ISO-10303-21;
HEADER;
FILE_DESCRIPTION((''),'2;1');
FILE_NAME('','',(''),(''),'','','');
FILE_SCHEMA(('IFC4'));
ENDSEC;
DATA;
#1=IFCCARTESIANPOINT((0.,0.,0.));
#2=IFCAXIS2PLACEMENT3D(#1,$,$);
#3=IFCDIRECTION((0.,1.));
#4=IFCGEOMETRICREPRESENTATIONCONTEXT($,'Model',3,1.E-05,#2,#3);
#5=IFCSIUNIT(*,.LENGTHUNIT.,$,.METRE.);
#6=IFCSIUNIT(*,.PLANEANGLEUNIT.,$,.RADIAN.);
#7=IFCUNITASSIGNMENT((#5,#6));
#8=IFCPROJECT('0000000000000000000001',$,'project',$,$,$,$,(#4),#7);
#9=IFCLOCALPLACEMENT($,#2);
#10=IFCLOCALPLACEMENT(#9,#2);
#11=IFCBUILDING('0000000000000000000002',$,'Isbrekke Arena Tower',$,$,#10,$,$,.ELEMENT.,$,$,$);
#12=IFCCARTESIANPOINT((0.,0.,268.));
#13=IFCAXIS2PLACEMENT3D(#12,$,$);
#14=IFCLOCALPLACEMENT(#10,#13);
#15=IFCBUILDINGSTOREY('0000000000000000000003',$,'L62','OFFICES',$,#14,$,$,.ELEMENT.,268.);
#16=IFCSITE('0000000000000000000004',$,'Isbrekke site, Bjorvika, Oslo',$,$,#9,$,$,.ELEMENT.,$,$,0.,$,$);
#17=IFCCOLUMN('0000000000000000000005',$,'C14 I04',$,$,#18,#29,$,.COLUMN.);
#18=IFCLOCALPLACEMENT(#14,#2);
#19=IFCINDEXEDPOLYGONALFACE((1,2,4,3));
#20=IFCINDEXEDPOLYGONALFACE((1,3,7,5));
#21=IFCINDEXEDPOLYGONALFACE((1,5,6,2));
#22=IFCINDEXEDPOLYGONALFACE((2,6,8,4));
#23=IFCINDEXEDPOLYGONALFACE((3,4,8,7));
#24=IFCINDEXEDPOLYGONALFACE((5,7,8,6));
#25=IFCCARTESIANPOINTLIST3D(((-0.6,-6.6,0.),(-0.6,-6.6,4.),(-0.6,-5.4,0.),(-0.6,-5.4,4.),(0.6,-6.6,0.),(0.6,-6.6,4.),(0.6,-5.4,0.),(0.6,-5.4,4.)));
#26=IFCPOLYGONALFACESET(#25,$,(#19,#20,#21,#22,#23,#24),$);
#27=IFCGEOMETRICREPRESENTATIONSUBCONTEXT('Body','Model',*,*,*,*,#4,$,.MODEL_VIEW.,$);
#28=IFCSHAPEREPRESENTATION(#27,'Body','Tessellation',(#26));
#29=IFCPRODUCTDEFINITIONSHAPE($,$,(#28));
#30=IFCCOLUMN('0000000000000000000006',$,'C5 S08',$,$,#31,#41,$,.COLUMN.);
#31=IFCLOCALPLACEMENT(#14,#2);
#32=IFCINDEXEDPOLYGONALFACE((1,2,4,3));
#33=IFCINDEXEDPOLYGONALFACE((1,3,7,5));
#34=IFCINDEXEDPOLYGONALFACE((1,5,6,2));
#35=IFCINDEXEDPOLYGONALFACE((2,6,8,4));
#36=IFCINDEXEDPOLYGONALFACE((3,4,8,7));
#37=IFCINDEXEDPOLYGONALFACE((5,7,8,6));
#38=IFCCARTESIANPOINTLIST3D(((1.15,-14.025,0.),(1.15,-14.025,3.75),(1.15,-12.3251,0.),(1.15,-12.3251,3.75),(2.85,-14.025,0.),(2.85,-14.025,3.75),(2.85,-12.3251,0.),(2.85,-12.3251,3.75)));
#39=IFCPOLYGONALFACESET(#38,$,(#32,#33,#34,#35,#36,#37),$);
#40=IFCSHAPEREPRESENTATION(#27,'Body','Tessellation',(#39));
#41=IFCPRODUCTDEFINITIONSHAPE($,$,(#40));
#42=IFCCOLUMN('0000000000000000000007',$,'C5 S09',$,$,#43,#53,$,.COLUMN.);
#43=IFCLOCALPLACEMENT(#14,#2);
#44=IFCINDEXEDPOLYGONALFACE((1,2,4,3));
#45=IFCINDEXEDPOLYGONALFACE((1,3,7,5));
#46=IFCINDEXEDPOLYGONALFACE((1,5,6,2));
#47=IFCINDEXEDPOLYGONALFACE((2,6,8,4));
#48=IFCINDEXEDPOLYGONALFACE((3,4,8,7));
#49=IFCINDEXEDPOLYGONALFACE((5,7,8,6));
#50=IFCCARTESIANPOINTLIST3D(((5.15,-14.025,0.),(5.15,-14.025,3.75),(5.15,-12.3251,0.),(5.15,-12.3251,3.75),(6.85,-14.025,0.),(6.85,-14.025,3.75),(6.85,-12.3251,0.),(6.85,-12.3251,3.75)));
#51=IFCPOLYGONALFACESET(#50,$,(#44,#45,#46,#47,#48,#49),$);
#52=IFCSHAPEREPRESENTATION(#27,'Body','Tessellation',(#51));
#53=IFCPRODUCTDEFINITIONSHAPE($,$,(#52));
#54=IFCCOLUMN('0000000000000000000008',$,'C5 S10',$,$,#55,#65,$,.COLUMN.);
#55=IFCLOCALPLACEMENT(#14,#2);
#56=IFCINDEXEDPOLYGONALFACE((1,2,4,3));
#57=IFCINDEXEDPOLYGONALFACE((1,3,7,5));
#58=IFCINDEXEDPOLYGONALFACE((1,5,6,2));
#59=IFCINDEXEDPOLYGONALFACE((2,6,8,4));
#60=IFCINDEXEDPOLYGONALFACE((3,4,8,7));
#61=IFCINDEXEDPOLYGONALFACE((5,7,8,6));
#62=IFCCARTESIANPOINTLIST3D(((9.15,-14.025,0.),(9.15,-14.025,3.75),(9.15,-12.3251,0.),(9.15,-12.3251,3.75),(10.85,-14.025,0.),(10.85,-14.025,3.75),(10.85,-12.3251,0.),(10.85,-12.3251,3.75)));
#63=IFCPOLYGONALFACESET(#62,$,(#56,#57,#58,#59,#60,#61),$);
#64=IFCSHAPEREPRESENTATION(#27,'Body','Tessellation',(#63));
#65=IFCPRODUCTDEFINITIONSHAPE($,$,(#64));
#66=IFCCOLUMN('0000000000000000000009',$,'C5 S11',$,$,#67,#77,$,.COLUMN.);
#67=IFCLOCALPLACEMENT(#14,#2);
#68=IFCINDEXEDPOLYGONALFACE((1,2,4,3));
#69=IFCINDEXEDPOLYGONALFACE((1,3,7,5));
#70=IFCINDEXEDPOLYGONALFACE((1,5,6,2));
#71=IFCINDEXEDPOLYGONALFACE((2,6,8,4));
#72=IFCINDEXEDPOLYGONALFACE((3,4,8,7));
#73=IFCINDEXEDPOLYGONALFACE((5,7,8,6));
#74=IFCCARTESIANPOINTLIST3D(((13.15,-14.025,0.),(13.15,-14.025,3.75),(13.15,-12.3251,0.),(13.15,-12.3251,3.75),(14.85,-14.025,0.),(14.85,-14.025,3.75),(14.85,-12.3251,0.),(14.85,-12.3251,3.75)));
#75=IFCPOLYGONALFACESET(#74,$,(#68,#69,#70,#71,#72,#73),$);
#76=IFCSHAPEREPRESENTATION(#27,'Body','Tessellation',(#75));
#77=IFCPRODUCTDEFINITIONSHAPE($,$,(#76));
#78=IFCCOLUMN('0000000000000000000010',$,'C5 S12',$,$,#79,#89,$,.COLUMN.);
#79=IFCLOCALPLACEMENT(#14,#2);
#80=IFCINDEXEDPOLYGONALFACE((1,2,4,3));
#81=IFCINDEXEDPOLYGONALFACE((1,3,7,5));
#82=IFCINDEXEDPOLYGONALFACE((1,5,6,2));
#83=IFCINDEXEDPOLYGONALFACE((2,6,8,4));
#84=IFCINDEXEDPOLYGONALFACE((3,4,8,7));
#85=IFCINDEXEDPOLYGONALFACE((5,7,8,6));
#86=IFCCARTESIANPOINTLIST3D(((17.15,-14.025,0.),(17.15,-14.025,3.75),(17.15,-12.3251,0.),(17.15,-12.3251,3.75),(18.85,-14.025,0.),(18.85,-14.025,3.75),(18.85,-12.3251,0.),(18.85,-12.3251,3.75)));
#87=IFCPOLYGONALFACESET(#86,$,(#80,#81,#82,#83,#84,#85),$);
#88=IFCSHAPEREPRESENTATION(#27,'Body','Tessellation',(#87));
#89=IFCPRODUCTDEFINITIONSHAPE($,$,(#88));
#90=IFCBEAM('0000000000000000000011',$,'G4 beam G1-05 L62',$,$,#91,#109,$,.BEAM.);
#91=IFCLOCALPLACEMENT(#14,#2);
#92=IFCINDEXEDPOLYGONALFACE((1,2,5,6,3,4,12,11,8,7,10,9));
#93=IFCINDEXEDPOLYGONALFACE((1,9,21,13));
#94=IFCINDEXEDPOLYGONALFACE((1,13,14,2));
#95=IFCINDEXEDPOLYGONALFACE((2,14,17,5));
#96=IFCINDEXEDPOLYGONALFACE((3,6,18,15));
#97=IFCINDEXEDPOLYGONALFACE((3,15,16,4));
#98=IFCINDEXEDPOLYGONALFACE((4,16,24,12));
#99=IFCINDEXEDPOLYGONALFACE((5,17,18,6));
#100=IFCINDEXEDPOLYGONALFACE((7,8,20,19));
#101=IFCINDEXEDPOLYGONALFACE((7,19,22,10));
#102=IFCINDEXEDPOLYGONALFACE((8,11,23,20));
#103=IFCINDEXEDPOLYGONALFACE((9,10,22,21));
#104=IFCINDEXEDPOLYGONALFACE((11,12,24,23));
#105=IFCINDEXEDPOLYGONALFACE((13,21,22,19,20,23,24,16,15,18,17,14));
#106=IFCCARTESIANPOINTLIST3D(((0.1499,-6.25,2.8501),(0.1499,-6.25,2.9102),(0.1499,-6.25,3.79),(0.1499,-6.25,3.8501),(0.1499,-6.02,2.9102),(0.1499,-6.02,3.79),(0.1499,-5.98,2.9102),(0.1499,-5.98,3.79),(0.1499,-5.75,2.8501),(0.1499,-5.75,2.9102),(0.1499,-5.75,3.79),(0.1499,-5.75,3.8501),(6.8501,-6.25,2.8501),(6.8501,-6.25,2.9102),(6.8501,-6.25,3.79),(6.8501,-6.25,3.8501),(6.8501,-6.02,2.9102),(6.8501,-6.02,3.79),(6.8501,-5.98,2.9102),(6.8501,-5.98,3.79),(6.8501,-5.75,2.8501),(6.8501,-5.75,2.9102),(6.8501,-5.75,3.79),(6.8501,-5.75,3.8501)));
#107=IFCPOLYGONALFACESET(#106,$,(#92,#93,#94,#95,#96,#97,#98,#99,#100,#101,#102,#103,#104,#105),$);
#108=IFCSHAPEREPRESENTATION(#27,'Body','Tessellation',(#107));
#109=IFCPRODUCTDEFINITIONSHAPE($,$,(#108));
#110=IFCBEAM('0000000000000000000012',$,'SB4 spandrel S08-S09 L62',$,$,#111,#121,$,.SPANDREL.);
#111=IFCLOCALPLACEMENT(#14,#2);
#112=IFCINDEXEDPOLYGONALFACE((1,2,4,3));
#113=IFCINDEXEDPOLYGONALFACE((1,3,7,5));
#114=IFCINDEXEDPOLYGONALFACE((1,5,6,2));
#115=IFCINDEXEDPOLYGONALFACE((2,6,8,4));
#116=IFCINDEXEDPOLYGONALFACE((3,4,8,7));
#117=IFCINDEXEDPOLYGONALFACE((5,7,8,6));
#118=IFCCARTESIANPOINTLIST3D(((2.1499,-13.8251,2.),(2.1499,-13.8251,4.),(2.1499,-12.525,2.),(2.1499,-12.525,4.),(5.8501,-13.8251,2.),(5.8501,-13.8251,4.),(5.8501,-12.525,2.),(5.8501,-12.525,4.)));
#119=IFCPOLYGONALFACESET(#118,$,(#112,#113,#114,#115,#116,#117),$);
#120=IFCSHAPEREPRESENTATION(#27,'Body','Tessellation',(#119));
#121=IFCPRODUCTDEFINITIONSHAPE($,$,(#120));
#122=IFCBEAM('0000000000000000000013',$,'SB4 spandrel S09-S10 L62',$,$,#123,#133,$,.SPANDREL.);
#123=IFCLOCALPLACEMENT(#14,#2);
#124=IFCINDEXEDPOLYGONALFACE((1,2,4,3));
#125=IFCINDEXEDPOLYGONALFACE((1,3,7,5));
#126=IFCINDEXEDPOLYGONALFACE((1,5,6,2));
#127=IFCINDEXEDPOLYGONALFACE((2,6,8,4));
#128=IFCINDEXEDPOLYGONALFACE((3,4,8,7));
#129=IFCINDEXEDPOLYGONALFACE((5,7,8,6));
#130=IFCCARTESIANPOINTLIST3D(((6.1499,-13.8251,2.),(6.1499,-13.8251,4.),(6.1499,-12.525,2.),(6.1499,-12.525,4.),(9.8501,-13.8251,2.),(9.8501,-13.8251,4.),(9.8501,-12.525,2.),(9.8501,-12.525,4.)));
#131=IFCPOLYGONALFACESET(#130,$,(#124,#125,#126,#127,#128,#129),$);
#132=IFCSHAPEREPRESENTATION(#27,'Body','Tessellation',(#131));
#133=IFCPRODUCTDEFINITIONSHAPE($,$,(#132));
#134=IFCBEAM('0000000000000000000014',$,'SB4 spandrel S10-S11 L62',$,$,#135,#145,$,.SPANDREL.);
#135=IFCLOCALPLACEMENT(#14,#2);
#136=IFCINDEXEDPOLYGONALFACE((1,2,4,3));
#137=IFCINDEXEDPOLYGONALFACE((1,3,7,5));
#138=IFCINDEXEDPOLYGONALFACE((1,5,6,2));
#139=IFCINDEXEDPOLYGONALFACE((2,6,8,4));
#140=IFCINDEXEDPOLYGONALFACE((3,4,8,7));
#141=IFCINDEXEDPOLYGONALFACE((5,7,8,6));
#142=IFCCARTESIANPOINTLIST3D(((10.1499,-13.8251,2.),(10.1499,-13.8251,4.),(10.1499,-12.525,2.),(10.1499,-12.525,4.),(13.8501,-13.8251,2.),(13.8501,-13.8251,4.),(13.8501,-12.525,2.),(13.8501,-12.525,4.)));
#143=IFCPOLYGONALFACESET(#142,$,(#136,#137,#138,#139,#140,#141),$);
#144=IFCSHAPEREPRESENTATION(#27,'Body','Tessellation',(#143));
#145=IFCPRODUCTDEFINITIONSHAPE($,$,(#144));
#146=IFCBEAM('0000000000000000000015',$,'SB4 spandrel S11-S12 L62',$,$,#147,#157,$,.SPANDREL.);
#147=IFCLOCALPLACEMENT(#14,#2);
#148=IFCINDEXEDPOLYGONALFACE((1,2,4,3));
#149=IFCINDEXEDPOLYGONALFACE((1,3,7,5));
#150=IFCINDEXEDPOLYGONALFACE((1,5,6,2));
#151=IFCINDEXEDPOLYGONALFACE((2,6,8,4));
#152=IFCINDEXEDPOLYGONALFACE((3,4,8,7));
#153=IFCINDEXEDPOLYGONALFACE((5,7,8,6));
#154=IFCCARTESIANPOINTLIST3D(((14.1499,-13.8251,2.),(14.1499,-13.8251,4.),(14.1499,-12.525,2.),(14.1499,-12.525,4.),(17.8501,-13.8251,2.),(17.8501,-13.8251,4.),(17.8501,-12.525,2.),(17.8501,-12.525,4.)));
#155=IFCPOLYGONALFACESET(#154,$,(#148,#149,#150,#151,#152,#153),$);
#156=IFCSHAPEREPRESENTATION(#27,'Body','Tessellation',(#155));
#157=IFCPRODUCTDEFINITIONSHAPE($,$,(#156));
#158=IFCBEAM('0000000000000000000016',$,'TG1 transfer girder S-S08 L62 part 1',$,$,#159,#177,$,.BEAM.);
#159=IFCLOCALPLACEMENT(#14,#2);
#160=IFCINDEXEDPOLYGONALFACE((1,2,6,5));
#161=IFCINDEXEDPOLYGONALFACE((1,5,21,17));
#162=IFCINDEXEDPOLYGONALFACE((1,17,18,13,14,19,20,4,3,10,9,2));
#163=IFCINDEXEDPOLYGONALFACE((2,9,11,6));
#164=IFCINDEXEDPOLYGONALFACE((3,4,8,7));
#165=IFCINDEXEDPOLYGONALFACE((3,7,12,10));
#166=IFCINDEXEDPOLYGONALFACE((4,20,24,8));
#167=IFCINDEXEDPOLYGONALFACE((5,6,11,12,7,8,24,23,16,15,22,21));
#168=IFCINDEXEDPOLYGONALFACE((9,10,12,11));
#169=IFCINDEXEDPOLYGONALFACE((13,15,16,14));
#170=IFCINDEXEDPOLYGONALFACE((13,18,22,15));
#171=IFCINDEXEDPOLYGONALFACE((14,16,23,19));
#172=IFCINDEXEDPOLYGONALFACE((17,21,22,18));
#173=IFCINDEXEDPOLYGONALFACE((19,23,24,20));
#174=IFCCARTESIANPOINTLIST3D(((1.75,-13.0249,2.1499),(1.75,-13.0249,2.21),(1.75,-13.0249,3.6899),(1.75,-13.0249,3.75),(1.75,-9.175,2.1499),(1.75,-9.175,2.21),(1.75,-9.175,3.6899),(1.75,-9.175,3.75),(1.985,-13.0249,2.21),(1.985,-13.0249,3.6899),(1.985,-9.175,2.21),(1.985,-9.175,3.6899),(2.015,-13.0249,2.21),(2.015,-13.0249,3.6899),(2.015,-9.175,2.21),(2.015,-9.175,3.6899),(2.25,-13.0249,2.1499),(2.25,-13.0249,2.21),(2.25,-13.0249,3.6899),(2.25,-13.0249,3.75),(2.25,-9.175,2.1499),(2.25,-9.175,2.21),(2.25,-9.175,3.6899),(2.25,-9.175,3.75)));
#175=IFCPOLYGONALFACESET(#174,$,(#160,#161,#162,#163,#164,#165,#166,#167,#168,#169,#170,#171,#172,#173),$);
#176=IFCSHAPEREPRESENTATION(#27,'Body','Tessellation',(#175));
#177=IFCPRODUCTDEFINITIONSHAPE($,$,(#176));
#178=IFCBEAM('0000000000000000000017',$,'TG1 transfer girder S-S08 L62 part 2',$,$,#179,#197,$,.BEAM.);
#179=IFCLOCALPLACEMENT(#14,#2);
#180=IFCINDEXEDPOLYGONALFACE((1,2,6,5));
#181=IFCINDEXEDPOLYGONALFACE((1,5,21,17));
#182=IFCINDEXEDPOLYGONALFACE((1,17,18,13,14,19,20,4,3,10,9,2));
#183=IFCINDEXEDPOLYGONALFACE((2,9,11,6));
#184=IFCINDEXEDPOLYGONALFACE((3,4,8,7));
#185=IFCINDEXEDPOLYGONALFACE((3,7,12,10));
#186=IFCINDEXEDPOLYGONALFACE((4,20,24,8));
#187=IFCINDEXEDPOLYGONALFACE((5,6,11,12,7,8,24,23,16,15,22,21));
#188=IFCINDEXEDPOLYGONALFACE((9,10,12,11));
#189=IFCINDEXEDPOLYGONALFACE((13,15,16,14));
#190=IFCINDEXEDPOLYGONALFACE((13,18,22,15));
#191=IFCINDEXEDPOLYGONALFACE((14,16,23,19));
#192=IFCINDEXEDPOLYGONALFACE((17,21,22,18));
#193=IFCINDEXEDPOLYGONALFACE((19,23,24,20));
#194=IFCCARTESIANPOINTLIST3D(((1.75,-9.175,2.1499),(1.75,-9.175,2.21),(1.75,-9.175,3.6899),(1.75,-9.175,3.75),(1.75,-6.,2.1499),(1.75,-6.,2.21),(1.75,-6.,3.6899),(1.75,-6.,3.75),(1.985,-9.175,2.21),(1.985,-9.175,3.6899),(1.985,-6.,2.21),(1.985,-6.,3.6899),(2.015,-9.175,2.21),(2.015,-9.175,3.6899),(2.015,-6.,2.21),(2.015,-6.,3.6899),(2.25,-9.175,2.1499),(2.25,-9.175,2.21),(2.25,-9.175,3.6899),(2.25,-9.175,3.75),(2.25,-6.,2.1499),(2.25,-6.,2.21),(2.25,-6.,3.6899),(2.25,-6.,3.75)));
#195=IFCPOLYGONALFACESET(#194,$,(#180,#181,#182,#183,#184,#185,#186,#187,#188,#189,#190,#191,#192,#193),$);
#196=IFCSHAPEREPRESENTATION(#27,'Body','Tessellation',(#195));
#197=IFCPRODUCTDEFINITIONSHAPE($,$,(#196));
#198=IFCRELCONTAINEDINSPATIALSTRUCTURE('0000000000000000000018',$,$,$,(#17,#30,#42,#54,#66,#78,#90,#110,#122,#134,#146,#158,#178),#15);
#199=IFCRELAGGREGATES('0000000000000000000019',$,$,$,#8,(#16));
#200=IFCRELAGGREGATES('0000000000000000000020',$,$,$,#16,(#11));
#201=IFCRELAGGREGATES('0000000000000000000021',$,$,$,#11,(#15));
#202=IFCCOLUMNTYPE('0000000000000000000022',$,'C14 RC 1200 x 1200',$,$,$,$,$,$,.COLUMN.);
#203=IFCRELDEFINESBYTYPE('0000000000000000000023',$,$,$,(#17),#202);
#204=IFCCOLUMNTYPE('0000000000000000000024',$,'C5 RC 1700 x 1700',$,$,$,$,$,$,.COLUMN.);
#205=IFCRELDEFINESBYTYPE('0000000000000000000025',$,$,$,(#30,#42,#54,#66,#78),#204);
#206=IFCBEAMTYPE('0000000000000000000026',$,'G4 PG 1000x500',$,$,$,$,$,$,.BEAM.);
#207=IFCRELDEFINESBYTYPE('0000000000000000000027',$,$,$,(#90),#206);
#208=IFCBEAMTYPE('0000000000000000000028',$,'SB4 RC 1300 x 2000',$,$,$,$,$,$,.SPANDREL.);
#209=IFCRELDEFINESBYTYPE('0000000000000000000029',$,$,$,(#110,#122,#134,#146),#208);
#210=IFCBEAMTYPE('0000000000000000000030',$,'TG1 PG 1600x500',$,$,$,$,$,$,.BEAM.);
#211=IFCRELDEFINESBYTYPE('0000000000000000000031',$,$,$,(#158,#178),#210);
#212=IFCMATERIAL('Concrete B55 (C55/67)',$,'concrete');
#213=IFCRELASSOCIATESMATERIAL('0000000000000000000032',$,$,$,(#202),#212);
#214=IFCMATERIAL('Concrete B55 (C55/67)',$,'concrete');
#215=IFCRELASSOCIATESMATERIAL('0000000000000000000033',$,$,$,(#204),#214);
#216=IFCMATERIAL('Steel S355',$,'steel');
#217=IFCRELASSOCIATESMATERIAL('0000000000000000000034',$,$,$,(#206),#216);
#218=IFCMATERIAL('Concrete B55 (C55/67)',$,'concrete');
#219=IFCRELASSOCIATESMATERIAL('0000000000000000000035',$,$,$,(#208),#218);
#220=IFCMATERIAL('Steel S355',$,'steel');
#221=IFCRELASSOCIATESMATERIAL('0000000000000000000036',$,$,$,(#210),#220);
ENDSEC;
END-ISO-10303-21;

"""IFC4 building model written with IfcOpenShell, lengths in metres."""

from ifc_helpers import new_model, si_unit, direction, frame, origin, origin_2d, place, context, subcontext, project, spatial, rectangle, i_section, extrude, material, material_profile, profile_set, type_object, element, save


model = new_model("IFC4")

# Units and contexts
model_context = context("Model", 3, precision=1e-05, world=origin(), true_north=direction((0.0, 1.0)))
body_context = subcontext(model_context, "Body", "Model", "MODEL_VIEW")
ifc_project = project(units=[si_unit("LENGTHUNIT", "METRE"), si_unit("PLANEANGLEUNIT", "RADIAN")], contexts=[model_context])

# Site, building, storey
site_placement = place(None, origin())
site = spatial("IfcSite", under=ifc_project, at=site_placement, Name="Isbrekke site, Bjorvika, Oslo", CompositionType="ELEMENT", RefElevation=0.0)
building_placement = place(site_placement, origin())
building = spatial("IfcBuilding", under=site, at=building_placement, Name="Isbrekke Arena Tower", CompositionType="ELEMENT")
storey_placement = place(building_placement, frame((0.0, 0.0, 268.0)))
storey = spatial("IfcBuildingStorey", under=building, at=storey_placement, Name="L62", Description="OFFICES", CompositionType="ELEMENT", Elevation=268.0)

# Columns
ifc_material_1 = material(Name="Concrete B55 (C55/67)", Category="concrete")
ifc_material_profile_1 = material_profile(ifc_material_1, rectangle(XDim=1.2, YDim=1.2, at=origin_2d()), Name="RC 1200x1200")
ifc_profile_set_1 = profile_set([ifc_material_profile_1], Name="Concrete B55 (C55/67)")
column_type_1 = type_object("IfcColumnType", Name="C14 RC 1200 x 1200", PredefinedType="COLUMN", material=ifc_profile_set_1)
column_placement = place(storey_placement, frame((0.0, -6.0, 0.0), z_axis=(0.0, 0.0, 1.0), x_axis=(1.0, 0.0, 0.0)))
element("IfcColumn", 1, at=column_placement, inside=storey, type_object=column_type_1, Name="C14 I04", PredefinedType="COLUMN", context=body_context, shape_type="SweptSolid", body=[
    extrude(rectangle(XDim=1.2, YDim=1.2, at=origin_2d()), origin(), (0.0, 0.0, 1.0), 4.0),
])
ifc_material_2 = material(Name="Concrete B55 (C55/67)", Category="concrete")
ifc_material_profile_2 = material_profile(ifc_material_2, rectangle(XDim=1.7, YDim=1.7, at=origin_2d()), Name="RC 1700x1700")
ifc_profile_set_2 = profile_set([ifc_material_profile_2], Name="Concrete B55 (C55/67)")
column_type_2 = type_object("IfcColumnType", Name="C5 RC 1700 x 1700", PredefinedType="COLUMN", material=ifc_profile_set_2)
for number, where, z_axis, x_axis, name in (
    (2, (2.0, -13.175, 0.0), (0.0, 0.0, 1.0), (1.0, 0.0, 0.0), "C5 S08"),
    (3, (6.0, -13.175, 0.0), (0.0, 0.0, 1.0), (1.0, 0.0, 0.0), "C5 S09"),
    (4, (10.0, -13.175, 0.0), (0.0, 0.0, 1.0), (1.0, 0.0, 0.0), "C5 S10"),
    (5, (14.0, -13.175, 0.0), (0.0, 0.0, 1.0), (1.0, 0.0, 0.0), "C5 S11"),
    (6, (18.0, -13.175, 0.0), (0.0, 0.0, 1.0), (1.0, 0.0, 0.0), "C5 S12"),
):
    element("IfcColumn", number, at=place(storey_placement, frame(where, z_axis=z_axis, x_axis=x_axis)), inside=storey, type_object=column_type_2, Name=name, PredefinedType="COLUMN", context=body_context, shape_type="SweptSolid", body=[
        extrude(rectangle(XDim=1.7, YDim=1.7, at=origin_2d()), origin(), (0.0, 0.0, 1.0), 3.75),
    ])

# Beams
ifc_material_3 = material(Name="Steel S355", Category="steel")
ifc_material_profile_3 = material_profile(ifc_material_3, i_section(OverallWidth=0.5, OverallDepth=1.0, WebThickness=0.04, FlangeThickness=0.0601, at=origin_2d()), Name="PG 1000x500")
ifc_profile_set_3 = profile_set([ifc_material_profile_3], Name="Steel S355")
beam_type_1 = type_object("IfcBeamType", Name="G4 PG 1000x500", PredefinedType="BEAM", material=ifc_profile_set_3)
beam_1_placement = place(storey_placement, frame((0.1499, -6.0, 3.3501), z_axis=(1.0, 0.0, 0.0), x_axis=(0.0, 1.0, 0.0)))
element("IfcBeam", 7, at=beam_1_placement, inside=storey, type_object=beam_type_1, Name="G4 beam G1-05 L62", PredefinedType="BEAM", context=body_context, shape_type="SweptSolid", body=[
    extrude(i_section(OverallWidth=0.5, OverallDepth=1.0, WebThickness=0.04, FlangeThickness=0.0601, at=origin_2d()), origin(), (0.0, 0.0, 1.0), 6.7002),
])
ifc_material_4 = material(Name="Concrete B55 (C55/67)", Category="concrete")
ifc_material_profile_4 = material_profile(ifc_material_4, rectangle(XDim=1.3, YDim=2.0, at=origin_2d()), Name="RC 1300x2000")
ifc_profile_set_4 = profile_set([ifc_material_profile_4], Name="Concrete B55 (C55/67)")
beam_type_2 = type_object("IfcBeamType", Name="SB4 RC 1300 x 2000", PredefinedType="SPANDREL", material=ifc_profile_set_4)
for number, where, z_axis, x_axis, name in (
    (8, (2.1499, -13.175, 3.0), (1.0, 0.0, 0.0), (0.0, 1.0, 0.0), "SB4 spandrel S08-S09 L62"),
    (9, (6.1499, -13.175, 3.0), (1.0, 0.0, 0.0), (0.0, 1.0, 0.0), "SB4 spandrel S09-S10 L62"),
    (10, (10.1499, -13.175, 3.0), (1.0, 0.0, 0.0), (0.0, 1.0, 0.0), "SB4 spandrel S10-S11 L62"),
    (11, (14.1499, -13.175, 3.0), (1.0, 0.0, 0.0), (0.0, 1.0, 0.0), "SB4 spandrel S11-S12 L62"),
):
    element("IfcBeam", number, at=place(storey_placement, frame(where, z_axis=z_axis, x_axis=x_axis)), inside=storey, type_object=beam_type_2, Name=name, PredefinedType="SPANDREL", context=body_context, shape_type="SweptSolid", body=[
        extrude(rectangle(XDim=1.3, YDim=2.0, at=origin_2d()), origin(), (0.0, 0.0, 1.0), 3.7002),
    ])
ifc_material_5 = material(Name="Steel S355", Category="steel")
ifc_material_profile_5 = material_profile(ifc_material_5, i_section(OverallWidth=0.5, OverallDepth=1.6001, WebThickness=0.03, FlangeThickness=0.0601, at=origin_2d()), Name="PG 1600x500")
ifc_profile_set_5 = profile_set([ifc_material_profile_5], Name="Steel S355")
beam_type_3 = type_object("IfcBeamType", Name="TG1 PG 1600x500", PredefinedType="BEAM", material=ifc_profile_set_5)
beam_2_placement = place(storey_placement, frame((2.0, -13.0249, 2.95), z_axis=(0.0, 1.0, 0.0), x_axis=(-1.0, 0.0, 0.0)))
element("IfcBeam", 12, at=beam_2_placement, inside=storey, type_object=beam_type_3, Name="TG1 transfer girder S-S08 L62 part 1", PredefinedType="BEAM", context=body_context, shape_type="SweptSolid", body=[
    extrude(i_section(OverallWidth=0.5, OverallDepth=1.6001, WebThickness=0.03, FlangeThickness=0.0601, at=origin_2d()), origin(), (0.0, 0.0, 1.0), 3.8499),
])
beam_3_placement = place(storey_placement, frame((2.0, -9.175, 2.95), z_axis=(0.0, 1.0, 0.0), x_axis=(-1.0, 0.0, 0.0)))
element("IfcBeam", 13, at=beam_3_placement, inside=storey, type_object=beam_type_3, Name="TG1 transfer girder S-S08 L62 part 2", PredefinedType="BEAM", context=body_context, shape_type="SweptSolid", body=[
    extrude(i_section(OverallWidth=0.5, OverallDepth=1.6001, WebThickness=0.03, FlangeThickness=0.0601, at=origin_2d()), origin(), (0.0, 0.0, 1.0), 3.175),
])

save(model, "model.ifc")
